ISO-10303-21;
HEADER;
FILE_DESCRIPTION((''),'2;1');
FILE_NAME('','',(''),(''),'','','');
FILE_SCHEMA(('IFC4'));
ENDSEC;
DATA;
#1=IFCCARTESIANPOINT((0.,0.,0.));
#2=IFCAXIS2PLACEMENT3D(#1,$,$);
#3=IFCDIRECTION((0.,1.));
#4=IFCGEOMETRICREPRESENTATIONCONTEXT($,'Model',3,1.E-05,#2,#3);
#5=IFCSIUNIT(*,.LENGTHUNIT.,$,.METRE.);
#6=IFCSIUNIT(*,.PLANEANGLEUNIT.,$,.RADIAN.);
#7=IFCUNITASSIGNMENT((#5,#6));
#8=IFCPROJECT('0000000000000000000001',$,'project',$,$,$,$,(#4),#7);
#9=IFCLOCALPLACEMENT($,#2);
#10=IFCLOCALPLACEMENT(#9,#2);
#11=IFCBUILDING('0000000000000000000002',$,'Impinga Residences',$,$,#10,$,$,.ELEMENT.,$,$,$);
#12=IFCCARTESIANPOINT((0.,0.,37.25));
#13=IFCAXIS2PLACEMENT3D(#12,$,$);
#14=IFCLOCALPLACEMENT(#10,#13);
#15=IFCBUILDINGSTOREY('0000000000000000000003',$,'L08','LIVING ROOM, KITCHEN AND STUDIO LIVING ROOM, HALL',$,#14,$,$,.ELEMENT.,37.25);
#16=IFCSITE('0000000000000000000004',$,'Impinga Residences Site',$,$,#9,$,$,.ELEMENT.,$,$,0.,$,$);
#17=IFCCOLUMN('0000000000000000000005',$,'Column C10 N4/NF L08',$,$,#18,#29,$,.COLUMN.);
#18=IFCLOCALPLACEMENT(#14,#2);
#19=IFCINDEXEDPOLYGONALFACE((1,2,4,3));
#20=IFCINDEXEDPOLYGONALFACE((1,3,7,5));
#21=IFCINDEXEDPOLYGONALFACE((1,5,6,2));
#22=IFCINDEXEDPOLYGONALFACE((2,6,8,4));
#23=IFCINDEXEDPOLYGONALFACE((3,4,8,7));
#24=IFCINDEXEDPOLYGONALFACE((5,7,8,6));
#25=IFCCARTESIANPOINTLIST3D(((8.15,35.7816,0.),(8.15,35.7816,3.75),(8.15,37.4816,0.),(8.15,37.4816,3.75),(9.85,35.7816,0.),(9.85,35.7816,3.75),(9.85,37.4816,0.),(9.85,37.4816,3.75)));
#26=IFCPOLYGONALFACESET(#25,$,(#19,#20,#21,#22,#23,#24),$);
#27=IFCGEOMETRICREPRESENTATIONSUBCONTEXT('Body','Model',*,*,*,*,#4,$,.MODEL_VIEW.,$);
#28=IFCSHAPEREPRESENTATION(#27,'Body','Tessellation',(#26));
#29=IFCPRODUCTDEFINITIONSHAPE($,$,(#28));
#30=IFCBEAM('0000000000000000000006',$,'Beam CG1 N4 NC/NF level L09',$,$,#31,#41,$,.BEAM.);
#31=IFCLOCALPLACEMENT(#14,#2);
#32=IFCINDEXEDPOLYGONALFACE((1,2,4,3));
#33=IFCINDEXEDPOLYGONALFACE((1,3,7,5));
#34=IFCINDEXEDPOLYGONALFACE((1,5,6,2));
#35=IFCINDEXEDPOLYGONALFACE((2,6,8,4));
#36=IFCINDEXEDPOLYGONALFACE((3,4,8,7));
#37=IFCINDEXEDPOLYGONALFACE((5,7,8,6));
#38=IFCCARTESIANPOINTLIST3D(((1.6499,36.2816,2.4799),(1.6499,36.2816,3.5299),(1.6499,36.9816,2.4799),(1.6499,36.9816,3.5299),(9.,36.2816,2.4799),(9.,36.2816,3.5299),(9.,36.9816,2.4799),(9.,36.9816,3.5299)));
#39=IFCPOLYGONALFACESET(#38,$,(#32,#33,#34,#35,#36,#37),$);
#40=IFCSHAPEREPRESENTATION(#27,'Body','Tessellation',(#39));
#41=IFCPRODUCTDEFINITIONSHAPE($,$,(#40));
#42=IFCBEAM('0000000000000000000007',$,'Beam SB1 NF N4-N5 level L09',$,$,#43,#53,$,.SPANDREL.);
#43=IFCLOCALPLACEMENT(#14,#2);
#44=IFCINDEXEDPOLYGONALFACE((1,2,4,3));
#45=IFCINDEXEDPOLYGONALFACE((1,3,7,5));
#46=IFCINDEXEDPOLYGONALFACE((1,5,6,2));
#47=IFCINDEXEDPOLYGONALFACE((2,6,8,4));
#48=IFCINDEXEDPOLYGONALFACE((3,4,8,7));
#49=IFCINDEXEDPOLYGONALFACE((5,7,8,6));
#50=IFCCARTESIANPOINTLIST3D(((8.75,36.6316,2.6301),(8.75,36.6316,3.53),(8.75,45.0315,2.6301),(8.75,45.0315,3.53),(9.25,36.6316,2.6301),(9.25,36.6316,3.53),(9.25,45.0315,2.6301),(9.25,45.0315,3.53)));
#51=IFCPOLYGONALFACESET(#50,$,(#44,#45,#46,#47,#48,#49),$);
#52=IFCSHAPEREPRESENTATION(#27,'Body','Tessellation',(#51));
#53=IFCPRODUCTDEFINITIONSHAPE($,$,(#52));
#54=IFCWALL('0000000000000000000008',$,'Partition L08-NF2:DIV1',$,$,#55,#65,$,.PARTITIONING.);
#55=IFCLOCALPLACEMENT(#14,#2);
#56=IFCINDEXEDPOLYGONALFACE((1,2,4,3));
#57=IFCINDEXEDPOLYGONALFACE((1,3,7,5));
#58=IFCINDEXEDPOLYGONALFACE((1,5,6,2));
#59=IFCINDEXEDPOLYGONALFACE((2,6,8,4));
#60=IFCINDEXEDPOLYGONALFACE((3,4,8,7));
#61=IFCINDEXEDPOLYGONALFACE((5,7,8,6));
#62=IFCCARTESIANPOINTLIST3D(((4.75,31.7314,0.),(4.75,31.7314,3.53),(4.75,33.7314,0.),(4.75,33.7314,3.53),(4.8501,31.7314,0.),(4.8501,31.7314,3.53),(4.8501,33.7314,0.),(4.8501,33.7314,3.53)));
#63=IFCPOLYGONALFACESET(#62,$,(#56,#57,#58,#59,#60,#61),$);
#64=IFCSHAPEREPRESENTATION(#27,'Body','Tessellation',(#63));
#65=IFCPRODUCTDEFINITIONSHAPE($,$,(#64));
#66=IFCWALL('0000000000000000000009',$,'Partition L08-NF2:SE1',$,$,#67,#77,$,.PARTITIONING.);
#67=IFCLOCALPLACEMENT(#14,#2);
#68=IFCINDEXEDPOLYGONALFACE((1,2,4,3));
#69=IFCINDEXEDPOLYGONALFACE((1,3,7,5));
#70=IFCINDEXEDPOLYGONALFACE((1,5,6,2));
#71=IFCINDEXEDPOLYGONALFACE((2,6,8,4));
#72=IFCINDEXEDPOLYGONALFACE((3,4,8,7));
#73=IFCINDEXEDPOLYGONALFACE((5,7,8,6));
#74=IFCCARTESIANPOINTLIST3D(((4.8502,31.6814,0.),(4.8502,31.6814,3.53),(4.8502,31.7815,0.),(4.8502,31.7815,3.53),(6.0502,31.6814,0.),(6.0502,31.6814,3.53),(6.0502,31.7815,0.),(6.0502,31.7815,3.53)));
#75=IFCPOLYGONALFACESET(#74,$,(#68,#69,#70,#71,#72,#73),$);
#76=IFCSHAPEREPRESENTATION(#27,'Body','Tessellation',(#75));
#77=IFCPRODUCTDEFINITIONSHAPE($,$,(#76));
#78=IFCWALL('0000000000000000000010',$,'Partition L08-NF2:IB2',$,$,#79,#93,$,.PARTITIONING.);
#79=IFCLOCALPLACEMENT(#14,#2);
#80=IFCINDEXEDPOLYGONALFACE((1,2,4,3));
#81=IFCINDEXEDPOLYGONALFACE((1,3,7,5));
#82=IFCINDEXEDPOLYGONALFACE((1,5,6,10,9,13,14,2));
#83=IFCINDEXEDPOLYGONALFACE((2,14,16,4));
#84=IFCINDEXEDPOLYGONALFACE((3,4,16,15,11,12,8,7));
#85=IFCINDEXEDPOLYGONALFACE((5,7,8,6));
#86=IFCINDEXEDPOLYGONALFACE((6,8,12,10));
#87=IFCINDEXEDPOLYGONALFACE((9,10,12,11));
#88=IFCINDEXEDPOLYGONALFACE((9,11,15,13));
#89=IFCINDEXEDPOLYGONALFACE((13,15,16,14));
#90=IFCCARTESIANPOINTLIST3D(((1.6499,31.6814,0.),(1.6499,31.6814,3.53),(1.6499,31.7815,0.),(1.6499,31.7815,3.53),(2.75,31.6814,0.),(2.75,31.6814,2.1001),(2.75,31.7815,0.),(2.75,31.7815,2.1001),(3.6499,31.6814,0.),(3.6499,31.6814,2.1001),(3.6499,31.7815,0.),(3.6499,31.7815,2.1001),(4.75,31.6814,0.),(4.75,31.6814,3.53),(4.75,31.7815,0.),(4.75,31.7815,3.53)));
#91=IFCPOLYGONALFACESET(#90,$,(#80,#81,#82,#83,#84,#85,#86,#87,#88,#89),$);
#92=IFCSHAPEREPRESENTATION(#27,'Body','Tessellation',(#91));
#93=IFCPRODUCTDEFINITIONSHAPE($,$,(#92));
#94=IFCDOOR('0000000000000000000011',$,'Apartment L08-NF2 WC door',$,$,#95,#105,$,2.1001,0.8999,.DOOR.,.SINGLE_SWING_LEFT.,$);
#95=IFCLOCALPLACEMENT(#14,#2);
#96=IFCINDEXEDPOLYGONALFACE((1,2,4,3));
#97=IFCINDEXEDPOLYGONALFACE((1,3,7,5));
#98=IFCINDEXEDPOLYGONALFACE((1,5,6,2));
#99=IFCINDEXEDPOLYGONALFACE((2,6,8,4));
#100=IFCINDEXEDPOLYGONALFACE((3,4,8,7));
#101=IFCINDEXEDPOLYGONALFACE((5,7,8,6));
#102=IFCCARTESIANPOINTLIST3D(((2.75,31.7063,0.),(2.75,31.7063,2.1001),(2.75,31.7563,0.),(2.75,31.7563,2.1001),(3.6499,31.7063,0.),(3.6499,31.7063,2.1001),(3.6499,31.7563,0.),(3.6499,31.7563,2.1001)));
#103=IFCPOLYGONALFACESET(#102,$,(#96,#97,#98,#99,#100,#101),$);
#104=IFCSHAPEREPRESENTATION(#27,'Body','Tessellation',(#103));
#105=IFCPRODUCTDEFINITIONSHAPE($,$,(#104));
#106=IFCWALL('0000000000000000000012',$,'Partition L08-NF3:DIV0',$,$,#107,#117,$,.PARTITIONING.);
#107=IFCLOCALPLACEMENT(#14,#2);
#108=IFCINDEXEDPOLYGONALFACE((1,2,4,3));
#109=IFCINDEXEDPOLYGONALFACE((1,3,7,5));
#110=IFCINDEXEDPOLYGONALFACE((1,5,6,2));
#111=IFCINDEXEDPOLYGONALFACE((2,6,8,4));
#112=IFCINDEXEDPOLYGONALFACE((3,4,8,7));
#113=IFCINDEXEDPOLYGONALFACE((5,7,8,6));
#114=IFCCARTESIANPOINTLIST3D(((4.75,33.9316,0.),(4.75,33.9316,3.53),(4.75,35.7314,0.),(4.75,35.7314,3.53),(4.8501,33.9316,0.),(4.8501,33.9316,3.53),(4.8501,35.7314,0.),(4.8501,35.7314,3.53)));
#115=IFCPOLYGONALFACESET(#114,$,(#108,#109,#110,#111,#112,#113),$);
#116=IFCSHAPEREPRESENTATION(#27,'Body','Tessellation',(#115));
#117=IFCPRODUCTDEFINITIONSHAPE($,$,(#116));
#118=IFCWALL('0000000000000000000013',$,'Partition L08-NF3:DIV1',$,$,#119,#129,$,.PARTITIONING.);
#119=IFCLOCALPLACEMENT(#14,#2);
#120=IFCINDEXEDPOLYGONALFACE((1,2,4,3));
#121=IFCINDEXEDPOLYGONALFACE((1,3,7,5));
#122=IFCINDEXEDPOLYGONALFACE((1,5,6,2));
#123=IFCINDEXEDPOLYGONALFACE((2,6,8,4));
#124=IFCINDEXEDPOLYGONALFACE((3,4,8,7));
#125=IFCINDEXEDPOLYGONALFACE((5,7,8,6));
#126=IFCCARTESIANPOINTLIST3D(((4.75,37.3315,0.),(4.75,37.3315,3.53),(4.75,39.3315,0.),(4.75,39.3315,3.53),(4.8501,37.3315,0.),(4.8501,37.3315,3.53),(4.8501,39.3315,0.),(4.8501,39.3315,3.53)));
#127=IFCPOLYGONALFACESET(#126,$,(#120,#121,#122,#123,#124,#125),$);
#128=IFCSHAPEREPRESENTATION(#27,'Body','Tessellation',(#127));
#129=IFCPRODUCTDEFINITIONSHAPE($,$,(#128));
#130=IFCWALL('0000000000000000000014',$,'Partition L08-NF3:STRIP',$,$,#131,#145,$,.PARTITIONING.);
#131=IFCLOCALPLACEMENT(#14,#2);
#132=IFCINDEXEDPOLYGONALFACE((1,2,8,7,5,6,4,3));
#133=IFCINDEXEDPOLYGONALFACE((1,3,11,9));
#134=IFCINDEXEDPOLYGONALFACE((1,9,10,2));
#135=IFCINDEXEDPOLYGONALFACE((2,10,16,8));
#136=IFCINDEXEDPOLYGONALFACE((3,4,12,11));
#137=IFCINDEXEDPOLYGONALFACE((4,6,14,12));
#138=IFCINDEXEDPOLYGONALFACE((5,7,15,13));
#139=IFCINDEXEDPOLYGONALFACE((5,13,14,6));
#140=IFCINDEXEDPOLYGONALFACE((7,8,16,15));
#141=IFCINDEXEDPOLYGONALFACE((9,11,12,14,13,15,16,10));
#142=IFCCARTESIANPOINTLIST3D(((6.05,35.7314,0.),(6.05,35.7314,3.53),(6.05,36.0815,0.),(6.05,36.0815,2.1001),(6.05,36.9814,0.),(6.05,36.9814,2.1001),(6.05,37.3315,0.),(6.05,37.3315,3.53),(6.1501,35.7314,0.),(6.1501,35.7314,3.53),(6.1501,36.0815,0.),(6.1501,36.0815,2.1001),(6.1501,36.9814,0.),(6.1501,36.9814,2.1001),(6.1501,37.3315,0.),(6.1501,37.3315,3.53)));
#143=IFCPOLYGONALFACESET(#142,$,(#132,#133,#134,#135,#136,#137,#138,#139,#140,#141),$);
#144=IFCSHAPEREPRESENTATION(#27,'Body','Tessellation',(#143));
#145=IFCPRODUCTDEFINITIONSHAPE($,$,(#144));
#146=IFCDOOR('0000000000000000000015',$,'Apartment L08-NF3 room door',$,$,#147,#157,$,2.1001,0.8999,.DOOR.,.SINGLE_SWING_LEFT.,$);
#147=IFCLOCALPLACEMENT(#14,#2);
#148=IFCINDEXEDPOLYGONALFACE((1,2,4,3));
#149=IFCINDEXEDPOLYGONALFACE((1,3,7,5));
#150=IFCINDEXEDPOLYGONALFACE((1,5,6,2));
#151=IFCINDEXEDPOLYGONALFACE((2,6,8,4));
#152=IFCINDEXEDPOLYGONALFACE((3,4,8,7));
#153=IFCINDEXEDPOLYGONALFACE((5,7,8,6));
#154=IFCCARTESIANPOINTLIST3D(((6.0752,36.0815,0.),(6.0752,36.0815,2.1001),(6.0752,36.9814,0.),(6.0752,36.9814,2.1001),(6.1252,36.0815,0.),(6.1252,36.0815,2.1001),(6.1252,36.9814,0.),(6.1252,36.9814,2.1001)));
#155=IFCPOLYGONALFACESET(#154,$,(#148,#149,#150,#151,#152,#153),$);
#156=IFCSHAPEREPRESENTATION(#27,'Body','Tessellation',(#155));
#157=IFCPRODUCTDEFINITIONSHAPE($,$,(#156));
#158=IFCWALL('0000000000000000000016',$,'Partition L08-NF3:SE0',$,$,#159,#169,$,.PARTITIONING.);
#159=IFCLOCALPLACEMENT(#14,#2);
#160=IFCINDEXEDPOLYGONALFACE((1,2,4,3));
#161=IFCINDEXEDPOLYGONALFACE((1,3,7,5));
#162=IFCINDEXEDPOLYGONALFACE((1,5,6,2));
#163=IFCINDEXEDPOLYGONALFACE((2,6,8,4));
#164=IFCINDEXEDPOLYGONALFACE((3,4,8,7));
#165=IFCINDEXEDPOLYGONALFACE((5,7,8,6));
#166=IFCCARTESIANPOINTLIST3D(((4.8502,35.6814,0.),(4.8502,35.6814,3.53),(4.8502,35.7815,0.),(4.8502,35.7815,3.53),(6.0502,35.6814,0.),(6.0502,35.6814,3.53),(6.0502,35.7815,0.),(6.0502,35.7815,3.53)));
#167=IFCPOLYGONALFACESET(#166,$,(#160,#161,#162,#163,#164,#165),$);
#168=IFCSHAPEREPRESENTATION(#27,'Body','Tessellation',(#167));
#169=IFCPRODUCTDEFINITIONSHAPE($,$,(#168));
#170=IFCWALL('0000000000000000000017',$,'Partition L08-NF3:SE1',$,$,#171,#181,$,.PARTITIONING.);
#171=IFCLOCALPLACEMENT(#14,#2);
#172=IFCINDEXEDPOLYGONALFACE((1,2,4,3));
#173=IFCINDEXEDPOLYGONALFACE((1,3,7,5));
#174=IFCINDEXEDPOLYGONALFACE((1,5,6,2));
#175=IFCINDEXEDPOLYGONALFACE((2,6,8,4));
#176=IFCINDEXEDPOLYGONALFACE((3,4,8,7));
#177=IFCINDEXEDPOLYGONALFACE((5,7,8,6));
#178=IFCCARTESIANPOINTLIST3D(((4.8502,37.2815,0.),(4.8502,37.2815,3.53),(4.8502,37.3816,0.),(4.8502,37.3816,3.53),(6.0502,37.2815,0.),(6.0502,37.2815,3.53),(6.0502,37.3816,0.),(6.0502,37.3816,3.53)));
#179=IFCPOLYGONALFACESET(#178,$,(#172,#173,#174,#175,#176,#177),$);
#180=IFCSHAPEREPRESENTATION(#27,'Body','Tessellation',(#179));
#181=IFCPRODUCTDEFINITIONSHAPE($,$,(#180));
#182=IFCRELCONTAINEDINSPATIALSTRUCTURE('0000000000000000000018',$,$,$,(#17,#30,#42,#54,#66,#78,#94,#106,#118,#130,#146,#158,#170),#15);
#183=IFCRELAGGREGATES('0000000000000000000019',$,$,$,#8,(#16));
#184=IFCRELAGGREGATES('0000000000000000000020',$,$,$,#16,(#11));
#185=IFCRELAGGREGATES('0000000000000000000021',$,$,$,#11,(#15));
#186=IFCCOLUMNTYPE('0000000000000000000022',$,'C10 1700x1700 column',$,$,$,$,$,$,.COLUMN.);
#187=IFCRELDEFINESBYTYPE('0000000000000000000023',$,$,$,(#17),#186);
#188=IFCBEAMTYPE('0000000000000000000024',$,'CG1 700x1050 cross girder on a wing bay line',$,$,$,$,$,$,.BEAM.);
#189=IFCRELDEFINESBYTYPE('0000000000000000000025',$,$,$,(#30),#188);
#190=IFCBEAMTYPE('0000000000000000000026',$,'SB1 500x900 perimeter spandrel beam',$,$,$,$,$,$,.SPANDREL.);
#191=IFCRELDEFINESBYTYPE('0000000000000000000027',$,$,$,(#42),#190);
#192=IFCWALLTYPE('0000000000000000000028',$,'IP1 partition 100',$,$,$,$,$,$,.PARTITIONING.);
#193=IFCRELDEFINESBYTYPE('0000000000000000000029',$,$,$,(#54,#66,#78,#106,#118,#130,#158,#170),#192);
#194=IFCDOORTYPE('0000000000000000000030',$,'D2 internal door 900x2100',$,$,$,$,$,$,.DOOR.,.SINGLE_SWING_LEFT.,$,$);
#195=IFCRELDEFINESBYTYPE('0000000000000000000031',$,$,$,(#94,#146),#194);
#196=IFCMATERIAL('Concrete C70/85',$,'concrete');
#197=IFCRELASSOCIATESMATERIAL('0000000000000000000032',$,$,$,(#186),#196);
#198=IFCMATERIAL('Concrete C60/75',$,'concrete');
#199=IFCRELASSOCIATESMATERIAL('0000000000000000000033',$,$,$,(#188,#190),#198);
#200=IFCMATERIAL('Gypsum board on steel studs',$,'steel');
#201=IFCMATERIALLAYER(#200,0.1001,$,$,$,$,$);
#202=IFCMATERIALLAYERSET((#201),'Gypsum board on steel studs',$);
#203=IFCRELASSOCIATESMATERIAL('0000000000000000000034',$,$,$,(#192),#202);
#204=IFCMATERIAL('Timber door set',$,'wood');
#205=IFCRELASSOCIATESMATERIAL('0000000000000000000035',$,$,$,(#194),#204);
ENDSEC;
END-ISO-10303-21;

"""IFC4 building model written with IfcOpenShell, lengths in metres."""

from ifc_helpers import new_model, si_unit, direction, frame, frame_2d, origin, origin_2d, place, context, subcontext, project, spatial, rectangle, extrude, material, layer, layer_set, material_profile, profile_set, type_object, element, fill, save


model = new_model("IFC4")

# Units and contexts
model_context = context("Model", 3, precision=1e-05, world=origin(), true_north=direction((0.0, 1.0)))
body_context = subcontext(model_context, "Body", "Model", "MODEL_VIEW")
ifc_project = project(units=[si_unit("LENGTHUNIT", "METRE"), si_unit("PLANEANGLEUNIT", "RADIAN")], contexts=[model_context])

# Site, building, storey
site_placement = place(None, origin())
site = spatial("IfcSite", under=ifc_project, at=site_placement, Name="Impinga Residences Site", CompositionType="ELEMENT", RefElevation=0.0)
building_placement = place(site_placement, origin())
building = spatial("IfcBuilding", under=site, at=building_placement, Name="Impinga Residences", CompositionType="ELEMENT")
storey_placement = place(building_placement, frame((0.0, 0.0, 37.25)))
storey = spatial("IfcBuildingStorey", under=building, at=storey_placement, Name="L08", Description="LIVING ROOM, KITCHEN AND STUDIO LIVING ROOM, HALL", CompositionType="ELEMENT", Elevation=37.25)

# Column
ifc_material_1 = material(Name="Concrete C70/85", Category="concrete")
ifc_material_profile_1 = material_profile(ifc_material_1, rectangle(XDim=1.7, YDim=1.7, at=origin_2d()), Name="RC 1700x1700")
ifc_profile_set_1 = profile_set([ifc_material_profile_1], Name="Concrete C70/85")
column_type = type_object("IfcColumnType", Name="C10 1700x1700 column", PredefinedType="COLUMN", material=ifc_profile_set_1)
column_placement = place(storey_placement, frame((9.0, 36.6316, 0.0), z_axis=(0.0, 0.0, 1.0), x_axis=(1.0, 0.0, 0.0)))
element("IfcColumn", 1, at=column_placement, inside=storey, type_object=column_type, Name="Column C10 N4/NF L08", PredefinedType="COLUMN", context=body_context, shape_type="SweptSolid", body=[
    extrude(rectangle(XDim=1.7, YDim=1.7, at=origin_2d()), origin(), (0.0, 0.0, 1.0), 3.75),
])

# Beams
ifc_material_2 = material(Name="Concrete C60/75", Category="concrete")
ifc_material_profile_2 = material_profile(ifc_material_2, rectangle(XDim=0.7, YDim=1.05, at=origin_2d()), Name="RC 700x1050")
ifc_profile_set_2 = profile_set([ifc_material_profile_2], Name="Concrete C60/75")
beam_type_1 = type_object("IfcBeamType", Name="CG1 700x1050 cross girder on a wing bay line", PredefinedType="BEAM", material=ifc_profile_set_2)
beam_1_placement = place(storey_placement, frame((1.6499, 36.6316, 3.0049), z_axis=(1.0, 0.0, 0.0), x_axis=(0.0, 1.0, 0.0)))
element("IfcBeam", 2, at=beam_1_placement, inside=storey, type_object=beam_type_1, Name="Beam CG1 N4 NC/NF level L09", PredefinedType="BEAM", context=body_context, shape_type="SweptSolid", body=[
    extrude(rectangle(XDim=0.7, YDim=1.05, at=origin_2d()), origin(), (0.0, 0.0, 1.0), 7.3501),
])
ifc_material_profile_3 = material_profile(ifc_material_2, rectangle(XDim=0.5, YDim=0.8999, at=origin_2d()), Name="RC 500x900")
ifc_profile_set_3 = profile_set([ifc_material_profile_3], Name="Concrete C60/75")
beam_type_2 = type_object("IfcBeamType", Name="SB1 500x900 perimeter spandrel beam", PredefinedType="SPANDREL", material=ifc_profile_set_3)
beam_2_placement = place(storey_placement, frame((9.0, 36.6316, 3.0801), z_axis=(0.0, 1.0, 0.0), x_axis=(-1.0, 0.0, 0.0)))
element("IfcBeam", 3, at=beam_2_placement, inside=storey, type_object=beam_type_2, Name="Beam SB1 NF N4-N5 level L09", PredefinedType="SPANDREL", context=body_context, shape_type="SweptSolid", body=[
    extrude(rectangle(XDim=0.5, YDim=0.8999, at=origin_2d()), origin(), (0.0, 0.0, 1.0), 8.3999),
])

# Walls
ifc_material_3 = material(Name="Gypsum board on steel studs", Category="steel")
ifc_layer_1 = layer(ifc_material_3, 0.1001)
ifc_layer_set_1 = layer_set([ifc_layer_1], Name="Gypsum board on steel studs")
wall_type_1 = type_object("IfcWallType", Name="IP1 partition 100", PredefinedType="PARTITIONING", material=ifc_layer_set_1)
wall_1_placement = place(storey_placement, frame((4.8, 31.7314, 0.0), z_axis=(0.0, 0.0, 1.0), x_axis=(0.0, 1.0, 0.0)))
element("IfcWall", 4, at=wall_1_placement, inside=storey, type_object=wall_type_1, Name="Partition L08-NF2:DIV1", PredefinedType="PARTITIONING", context=body_context, shape_type="SweptSolid", body=[
    extrude(rectangle(XDim=2.0, YDim=0.1001, at=frame_2d((1.0, 0.0))), origin(), (0.0, 0.0, 1.0), 3.53),
])
wall_2_placement = place(storey_placement, frame((4.8501, 31.7314, 0.0), z_axis=(0.0, 0.0, 1.0), x_axis=(1.0, 0.0, 0.0)))
element("IfcWall", 5, at=wall_2_placement, inside=storey, type_object=wall_type_1, Name="Partition L08-NF2:SE1", PredefinedType="PARTITIONING", context=body_context, shape_type="SweptSolid", body=[
    extrude(rectangle(XDim=1.2, YDim=0.1001, at=frame_2d((0.6001, 0.0))), origin(), (0.0, 0.0, 1.0), 3.53),
])

# Wall, opening, door
wall_3_placement = place(storey_placement, frame((1.6499, 31.7314, 0.0), z_axis=(0.0, 0.0, 1.0), x_axis=(1.0, 0.0, 0.0)))
wall_3 = element("IfcWall", 6, at=wall_3_placement, inside=storey, type_object=wall_type_1, Name="Partition L08-NF2:IB2", PredefinedType="PARTITIONING", context=body_context, shape_type="SweptSolid", body=[
    extrude(rectangle(XDim=3.1001, YDim=0.1001, at=frame_2d((1.55, 0.0))), origin(), (0.0, 0.0, 1.0), 3.53),
])
opening_1_placement = place(wall_3_placement, frame((1.1001, 0.0, 0.0)))
opening_1 = element("IfcOpeningElement", 7, at=opening_1_placement, cuts=wall_3, PredefinedType="OPENING", context=body_context, shape_type="SweptSolid", body=[
    extrude(rectangle(XDim=0.8999, YDim=2.1001, at=frame_2d((0.45, 1.05))), frame((0.0, 0.0601, 0.0), z_axis=(0.0, -1.0, 0.0), x_axis=(1.0, 0.0, 0.0)), (0.0, 0.0, 1.0), 0.1201),
])
ifc_material_4 = material(Name="Timber door set", Category="wood")
door_type = type_object("IfcDoorType", Name="D2 internal door 900x2100", OperationType="SINGLE_SWING_LEFT", PredefinedType="DOOR", material=ifc_material_4)
door_1_placement = place(opening_1_placement, origin())
door_1 = element("IfcDoor", 8, at=door_1_placement, inside=storey, type_object=door_type, Name="Apartment L08-NF2 WC door", OperationType="SINGLE_SWING_LEFT", OverallHeight=2.1001, OverallWidth=0.8999, PredefinedType="DOOR", context=body_context, shape_type="SweptSolid", body=[
    extrude(rectangle(XDim=0.8999, YDim=2.1001, at=frame_2d((0.45, 1.05))), frame((0.0, 0.0249, 0.0), z_axis=(0.0, -1.0, 0.0), x_axis=(1.0, 0.0, 0.0)), (0.0, 0.0, 1.0), 0.05),
])
fill(opening_1, door_1)

# Walls
wall_4_placement = place(storey_placement, frame((4.8, 33.9316, 0.0), z_axis=(0.0, 0.0, 1.0), x_axis=(0.0, 1.0, 0.0)))
element("IfcWall", 9, at=wall_4_placement, inside=storey, type_object=wall_type_1, Name="Partition L08-NF3:DIV0", PredefinedType="PARTITIONING", context=body_context, shape_type="SweptSolid", body=[
    extrude(rectangle(XDim=1.7998, YDim=0.1001, at=frame_2d((0.8999, 0.0))), origin(), (0.0, 0.0, 1.0), 3.53),
])
wall_5_placement = place(storey_placement, frame((4.8, 37.3315, 0.0), z_axis=(0.0, 0.0, 1.0), x_axis=(0.0, 1.0, 0.0)))
element("IfcWall", 10, at=wall_5_placement, inside=storey, type_object=wall_type_1, Name="Partition L08-NF3:DIV1", PredefinedType="PARTITIONING", context=body_context, shape_type="SweptSolid", body=[
    extrude(rectangle(XDim=2.0, YDim=0.1001, at=frame_2d((1.0, 0.0))), origin(), (0.0, 0.0, 1.0), 3.53),
])

# Wall, opening, door
wall_6_placement = place(storey_placement, frame((6.1001, 35.7314, 0.0), z_axis=(0.0, 0.0, 1.0), x_axis=(0.0, 1.0, 0.0)))
wall_6 = element("IfcWall", 11, at=wall_6_placement, inside=storey, type_object=wall_type_1, Name="Partition L08-NF3:STRIP", PredefinedType="PARTITIONING", context=body_context, shape_type="SweptSolid", body=[
    extrude(rectangle(XDim=1.6001, YDim=0.1001, at=frame_2d((0.8, 0.0))), origin(), (0.0, 0.0, 1.0), 3.53),
])
opening_2_placement = place(wall_6_placement, frame((0.3501, 0.0, 0.0)))
opening_2 = element("IfcOpeningElement", 12, at=opening_2_placement, cuts=wall_6, PredefinedType="OPENING", context=body_context, shape_type="SweptSolid", body=[
    extrude(rectangle(XDim=0.8999, YDim=2.1001, at=frame_2d((0.45, 1.05))), frame((0.0, 0.0601, 0.0), z_axis=(0.0, -1.0, 0.0), x_axis=(1.0, 0.0, 0.0)), (0.0, 0.0, 1.0), 0.1201),
])
door_2_placement = place(opening_2_placement, origin())
door_2 = element("IfcDoor", 13, at=door_2_placement, inside=storey, type_object=door_type, Name="Apartment L08-NF3 room door", OperationType="SINGLE_SWING_LEFT", OverallHeight=2.1001, OverallWidth=0.8999, PredefinedType="DOOR", context=body_context, shape_type="SweptSolid", body=[
    extrude(rectangle(XDim=0.8999, YDim=2.1001, at=frame_2d((0.45, 1.05))), frame((0.0, 0.0249, 0.0), z_axis=(0.0, -1.0, 0.0), x_axis=(1.0, 0.0, 0.0)), (0.0, 0.0, 1.0), 0.05),
])
fill(opening_2, door_2)

# Walls
for number, where, z_axis, x_axis, name in (
    (14, (4.8501, 35.7314, 0.0), (0.0, 0.0, 1.0), (1.0, 0.0, 0.0), "Partition L08-NF3:SE0"),
    (15, (4.8501, 37.3315, 0.0), (0.0, 0.0, 1.0), (1.0, 0.0, 0.0), "Partition L08-NF3:SE1"),
):
    element("IfcWall", number, at=place(storey_placement, frame(where, z_axis=z_axis, x_axis=x_axis)), inside=storey, type_object=wall_type_1, Name=name, PredefinedType="PARTITIONING", context=body_context, shape_type="SweptSolid", body=[
        extrude(rectangle(XDim=1.2, YDim=0.1001, at=frame_2d((0.6001, 0.0))), origin(), (0.0, 0.0, 1.0), 3.53),
    ])

save(model, "model.ifc")
